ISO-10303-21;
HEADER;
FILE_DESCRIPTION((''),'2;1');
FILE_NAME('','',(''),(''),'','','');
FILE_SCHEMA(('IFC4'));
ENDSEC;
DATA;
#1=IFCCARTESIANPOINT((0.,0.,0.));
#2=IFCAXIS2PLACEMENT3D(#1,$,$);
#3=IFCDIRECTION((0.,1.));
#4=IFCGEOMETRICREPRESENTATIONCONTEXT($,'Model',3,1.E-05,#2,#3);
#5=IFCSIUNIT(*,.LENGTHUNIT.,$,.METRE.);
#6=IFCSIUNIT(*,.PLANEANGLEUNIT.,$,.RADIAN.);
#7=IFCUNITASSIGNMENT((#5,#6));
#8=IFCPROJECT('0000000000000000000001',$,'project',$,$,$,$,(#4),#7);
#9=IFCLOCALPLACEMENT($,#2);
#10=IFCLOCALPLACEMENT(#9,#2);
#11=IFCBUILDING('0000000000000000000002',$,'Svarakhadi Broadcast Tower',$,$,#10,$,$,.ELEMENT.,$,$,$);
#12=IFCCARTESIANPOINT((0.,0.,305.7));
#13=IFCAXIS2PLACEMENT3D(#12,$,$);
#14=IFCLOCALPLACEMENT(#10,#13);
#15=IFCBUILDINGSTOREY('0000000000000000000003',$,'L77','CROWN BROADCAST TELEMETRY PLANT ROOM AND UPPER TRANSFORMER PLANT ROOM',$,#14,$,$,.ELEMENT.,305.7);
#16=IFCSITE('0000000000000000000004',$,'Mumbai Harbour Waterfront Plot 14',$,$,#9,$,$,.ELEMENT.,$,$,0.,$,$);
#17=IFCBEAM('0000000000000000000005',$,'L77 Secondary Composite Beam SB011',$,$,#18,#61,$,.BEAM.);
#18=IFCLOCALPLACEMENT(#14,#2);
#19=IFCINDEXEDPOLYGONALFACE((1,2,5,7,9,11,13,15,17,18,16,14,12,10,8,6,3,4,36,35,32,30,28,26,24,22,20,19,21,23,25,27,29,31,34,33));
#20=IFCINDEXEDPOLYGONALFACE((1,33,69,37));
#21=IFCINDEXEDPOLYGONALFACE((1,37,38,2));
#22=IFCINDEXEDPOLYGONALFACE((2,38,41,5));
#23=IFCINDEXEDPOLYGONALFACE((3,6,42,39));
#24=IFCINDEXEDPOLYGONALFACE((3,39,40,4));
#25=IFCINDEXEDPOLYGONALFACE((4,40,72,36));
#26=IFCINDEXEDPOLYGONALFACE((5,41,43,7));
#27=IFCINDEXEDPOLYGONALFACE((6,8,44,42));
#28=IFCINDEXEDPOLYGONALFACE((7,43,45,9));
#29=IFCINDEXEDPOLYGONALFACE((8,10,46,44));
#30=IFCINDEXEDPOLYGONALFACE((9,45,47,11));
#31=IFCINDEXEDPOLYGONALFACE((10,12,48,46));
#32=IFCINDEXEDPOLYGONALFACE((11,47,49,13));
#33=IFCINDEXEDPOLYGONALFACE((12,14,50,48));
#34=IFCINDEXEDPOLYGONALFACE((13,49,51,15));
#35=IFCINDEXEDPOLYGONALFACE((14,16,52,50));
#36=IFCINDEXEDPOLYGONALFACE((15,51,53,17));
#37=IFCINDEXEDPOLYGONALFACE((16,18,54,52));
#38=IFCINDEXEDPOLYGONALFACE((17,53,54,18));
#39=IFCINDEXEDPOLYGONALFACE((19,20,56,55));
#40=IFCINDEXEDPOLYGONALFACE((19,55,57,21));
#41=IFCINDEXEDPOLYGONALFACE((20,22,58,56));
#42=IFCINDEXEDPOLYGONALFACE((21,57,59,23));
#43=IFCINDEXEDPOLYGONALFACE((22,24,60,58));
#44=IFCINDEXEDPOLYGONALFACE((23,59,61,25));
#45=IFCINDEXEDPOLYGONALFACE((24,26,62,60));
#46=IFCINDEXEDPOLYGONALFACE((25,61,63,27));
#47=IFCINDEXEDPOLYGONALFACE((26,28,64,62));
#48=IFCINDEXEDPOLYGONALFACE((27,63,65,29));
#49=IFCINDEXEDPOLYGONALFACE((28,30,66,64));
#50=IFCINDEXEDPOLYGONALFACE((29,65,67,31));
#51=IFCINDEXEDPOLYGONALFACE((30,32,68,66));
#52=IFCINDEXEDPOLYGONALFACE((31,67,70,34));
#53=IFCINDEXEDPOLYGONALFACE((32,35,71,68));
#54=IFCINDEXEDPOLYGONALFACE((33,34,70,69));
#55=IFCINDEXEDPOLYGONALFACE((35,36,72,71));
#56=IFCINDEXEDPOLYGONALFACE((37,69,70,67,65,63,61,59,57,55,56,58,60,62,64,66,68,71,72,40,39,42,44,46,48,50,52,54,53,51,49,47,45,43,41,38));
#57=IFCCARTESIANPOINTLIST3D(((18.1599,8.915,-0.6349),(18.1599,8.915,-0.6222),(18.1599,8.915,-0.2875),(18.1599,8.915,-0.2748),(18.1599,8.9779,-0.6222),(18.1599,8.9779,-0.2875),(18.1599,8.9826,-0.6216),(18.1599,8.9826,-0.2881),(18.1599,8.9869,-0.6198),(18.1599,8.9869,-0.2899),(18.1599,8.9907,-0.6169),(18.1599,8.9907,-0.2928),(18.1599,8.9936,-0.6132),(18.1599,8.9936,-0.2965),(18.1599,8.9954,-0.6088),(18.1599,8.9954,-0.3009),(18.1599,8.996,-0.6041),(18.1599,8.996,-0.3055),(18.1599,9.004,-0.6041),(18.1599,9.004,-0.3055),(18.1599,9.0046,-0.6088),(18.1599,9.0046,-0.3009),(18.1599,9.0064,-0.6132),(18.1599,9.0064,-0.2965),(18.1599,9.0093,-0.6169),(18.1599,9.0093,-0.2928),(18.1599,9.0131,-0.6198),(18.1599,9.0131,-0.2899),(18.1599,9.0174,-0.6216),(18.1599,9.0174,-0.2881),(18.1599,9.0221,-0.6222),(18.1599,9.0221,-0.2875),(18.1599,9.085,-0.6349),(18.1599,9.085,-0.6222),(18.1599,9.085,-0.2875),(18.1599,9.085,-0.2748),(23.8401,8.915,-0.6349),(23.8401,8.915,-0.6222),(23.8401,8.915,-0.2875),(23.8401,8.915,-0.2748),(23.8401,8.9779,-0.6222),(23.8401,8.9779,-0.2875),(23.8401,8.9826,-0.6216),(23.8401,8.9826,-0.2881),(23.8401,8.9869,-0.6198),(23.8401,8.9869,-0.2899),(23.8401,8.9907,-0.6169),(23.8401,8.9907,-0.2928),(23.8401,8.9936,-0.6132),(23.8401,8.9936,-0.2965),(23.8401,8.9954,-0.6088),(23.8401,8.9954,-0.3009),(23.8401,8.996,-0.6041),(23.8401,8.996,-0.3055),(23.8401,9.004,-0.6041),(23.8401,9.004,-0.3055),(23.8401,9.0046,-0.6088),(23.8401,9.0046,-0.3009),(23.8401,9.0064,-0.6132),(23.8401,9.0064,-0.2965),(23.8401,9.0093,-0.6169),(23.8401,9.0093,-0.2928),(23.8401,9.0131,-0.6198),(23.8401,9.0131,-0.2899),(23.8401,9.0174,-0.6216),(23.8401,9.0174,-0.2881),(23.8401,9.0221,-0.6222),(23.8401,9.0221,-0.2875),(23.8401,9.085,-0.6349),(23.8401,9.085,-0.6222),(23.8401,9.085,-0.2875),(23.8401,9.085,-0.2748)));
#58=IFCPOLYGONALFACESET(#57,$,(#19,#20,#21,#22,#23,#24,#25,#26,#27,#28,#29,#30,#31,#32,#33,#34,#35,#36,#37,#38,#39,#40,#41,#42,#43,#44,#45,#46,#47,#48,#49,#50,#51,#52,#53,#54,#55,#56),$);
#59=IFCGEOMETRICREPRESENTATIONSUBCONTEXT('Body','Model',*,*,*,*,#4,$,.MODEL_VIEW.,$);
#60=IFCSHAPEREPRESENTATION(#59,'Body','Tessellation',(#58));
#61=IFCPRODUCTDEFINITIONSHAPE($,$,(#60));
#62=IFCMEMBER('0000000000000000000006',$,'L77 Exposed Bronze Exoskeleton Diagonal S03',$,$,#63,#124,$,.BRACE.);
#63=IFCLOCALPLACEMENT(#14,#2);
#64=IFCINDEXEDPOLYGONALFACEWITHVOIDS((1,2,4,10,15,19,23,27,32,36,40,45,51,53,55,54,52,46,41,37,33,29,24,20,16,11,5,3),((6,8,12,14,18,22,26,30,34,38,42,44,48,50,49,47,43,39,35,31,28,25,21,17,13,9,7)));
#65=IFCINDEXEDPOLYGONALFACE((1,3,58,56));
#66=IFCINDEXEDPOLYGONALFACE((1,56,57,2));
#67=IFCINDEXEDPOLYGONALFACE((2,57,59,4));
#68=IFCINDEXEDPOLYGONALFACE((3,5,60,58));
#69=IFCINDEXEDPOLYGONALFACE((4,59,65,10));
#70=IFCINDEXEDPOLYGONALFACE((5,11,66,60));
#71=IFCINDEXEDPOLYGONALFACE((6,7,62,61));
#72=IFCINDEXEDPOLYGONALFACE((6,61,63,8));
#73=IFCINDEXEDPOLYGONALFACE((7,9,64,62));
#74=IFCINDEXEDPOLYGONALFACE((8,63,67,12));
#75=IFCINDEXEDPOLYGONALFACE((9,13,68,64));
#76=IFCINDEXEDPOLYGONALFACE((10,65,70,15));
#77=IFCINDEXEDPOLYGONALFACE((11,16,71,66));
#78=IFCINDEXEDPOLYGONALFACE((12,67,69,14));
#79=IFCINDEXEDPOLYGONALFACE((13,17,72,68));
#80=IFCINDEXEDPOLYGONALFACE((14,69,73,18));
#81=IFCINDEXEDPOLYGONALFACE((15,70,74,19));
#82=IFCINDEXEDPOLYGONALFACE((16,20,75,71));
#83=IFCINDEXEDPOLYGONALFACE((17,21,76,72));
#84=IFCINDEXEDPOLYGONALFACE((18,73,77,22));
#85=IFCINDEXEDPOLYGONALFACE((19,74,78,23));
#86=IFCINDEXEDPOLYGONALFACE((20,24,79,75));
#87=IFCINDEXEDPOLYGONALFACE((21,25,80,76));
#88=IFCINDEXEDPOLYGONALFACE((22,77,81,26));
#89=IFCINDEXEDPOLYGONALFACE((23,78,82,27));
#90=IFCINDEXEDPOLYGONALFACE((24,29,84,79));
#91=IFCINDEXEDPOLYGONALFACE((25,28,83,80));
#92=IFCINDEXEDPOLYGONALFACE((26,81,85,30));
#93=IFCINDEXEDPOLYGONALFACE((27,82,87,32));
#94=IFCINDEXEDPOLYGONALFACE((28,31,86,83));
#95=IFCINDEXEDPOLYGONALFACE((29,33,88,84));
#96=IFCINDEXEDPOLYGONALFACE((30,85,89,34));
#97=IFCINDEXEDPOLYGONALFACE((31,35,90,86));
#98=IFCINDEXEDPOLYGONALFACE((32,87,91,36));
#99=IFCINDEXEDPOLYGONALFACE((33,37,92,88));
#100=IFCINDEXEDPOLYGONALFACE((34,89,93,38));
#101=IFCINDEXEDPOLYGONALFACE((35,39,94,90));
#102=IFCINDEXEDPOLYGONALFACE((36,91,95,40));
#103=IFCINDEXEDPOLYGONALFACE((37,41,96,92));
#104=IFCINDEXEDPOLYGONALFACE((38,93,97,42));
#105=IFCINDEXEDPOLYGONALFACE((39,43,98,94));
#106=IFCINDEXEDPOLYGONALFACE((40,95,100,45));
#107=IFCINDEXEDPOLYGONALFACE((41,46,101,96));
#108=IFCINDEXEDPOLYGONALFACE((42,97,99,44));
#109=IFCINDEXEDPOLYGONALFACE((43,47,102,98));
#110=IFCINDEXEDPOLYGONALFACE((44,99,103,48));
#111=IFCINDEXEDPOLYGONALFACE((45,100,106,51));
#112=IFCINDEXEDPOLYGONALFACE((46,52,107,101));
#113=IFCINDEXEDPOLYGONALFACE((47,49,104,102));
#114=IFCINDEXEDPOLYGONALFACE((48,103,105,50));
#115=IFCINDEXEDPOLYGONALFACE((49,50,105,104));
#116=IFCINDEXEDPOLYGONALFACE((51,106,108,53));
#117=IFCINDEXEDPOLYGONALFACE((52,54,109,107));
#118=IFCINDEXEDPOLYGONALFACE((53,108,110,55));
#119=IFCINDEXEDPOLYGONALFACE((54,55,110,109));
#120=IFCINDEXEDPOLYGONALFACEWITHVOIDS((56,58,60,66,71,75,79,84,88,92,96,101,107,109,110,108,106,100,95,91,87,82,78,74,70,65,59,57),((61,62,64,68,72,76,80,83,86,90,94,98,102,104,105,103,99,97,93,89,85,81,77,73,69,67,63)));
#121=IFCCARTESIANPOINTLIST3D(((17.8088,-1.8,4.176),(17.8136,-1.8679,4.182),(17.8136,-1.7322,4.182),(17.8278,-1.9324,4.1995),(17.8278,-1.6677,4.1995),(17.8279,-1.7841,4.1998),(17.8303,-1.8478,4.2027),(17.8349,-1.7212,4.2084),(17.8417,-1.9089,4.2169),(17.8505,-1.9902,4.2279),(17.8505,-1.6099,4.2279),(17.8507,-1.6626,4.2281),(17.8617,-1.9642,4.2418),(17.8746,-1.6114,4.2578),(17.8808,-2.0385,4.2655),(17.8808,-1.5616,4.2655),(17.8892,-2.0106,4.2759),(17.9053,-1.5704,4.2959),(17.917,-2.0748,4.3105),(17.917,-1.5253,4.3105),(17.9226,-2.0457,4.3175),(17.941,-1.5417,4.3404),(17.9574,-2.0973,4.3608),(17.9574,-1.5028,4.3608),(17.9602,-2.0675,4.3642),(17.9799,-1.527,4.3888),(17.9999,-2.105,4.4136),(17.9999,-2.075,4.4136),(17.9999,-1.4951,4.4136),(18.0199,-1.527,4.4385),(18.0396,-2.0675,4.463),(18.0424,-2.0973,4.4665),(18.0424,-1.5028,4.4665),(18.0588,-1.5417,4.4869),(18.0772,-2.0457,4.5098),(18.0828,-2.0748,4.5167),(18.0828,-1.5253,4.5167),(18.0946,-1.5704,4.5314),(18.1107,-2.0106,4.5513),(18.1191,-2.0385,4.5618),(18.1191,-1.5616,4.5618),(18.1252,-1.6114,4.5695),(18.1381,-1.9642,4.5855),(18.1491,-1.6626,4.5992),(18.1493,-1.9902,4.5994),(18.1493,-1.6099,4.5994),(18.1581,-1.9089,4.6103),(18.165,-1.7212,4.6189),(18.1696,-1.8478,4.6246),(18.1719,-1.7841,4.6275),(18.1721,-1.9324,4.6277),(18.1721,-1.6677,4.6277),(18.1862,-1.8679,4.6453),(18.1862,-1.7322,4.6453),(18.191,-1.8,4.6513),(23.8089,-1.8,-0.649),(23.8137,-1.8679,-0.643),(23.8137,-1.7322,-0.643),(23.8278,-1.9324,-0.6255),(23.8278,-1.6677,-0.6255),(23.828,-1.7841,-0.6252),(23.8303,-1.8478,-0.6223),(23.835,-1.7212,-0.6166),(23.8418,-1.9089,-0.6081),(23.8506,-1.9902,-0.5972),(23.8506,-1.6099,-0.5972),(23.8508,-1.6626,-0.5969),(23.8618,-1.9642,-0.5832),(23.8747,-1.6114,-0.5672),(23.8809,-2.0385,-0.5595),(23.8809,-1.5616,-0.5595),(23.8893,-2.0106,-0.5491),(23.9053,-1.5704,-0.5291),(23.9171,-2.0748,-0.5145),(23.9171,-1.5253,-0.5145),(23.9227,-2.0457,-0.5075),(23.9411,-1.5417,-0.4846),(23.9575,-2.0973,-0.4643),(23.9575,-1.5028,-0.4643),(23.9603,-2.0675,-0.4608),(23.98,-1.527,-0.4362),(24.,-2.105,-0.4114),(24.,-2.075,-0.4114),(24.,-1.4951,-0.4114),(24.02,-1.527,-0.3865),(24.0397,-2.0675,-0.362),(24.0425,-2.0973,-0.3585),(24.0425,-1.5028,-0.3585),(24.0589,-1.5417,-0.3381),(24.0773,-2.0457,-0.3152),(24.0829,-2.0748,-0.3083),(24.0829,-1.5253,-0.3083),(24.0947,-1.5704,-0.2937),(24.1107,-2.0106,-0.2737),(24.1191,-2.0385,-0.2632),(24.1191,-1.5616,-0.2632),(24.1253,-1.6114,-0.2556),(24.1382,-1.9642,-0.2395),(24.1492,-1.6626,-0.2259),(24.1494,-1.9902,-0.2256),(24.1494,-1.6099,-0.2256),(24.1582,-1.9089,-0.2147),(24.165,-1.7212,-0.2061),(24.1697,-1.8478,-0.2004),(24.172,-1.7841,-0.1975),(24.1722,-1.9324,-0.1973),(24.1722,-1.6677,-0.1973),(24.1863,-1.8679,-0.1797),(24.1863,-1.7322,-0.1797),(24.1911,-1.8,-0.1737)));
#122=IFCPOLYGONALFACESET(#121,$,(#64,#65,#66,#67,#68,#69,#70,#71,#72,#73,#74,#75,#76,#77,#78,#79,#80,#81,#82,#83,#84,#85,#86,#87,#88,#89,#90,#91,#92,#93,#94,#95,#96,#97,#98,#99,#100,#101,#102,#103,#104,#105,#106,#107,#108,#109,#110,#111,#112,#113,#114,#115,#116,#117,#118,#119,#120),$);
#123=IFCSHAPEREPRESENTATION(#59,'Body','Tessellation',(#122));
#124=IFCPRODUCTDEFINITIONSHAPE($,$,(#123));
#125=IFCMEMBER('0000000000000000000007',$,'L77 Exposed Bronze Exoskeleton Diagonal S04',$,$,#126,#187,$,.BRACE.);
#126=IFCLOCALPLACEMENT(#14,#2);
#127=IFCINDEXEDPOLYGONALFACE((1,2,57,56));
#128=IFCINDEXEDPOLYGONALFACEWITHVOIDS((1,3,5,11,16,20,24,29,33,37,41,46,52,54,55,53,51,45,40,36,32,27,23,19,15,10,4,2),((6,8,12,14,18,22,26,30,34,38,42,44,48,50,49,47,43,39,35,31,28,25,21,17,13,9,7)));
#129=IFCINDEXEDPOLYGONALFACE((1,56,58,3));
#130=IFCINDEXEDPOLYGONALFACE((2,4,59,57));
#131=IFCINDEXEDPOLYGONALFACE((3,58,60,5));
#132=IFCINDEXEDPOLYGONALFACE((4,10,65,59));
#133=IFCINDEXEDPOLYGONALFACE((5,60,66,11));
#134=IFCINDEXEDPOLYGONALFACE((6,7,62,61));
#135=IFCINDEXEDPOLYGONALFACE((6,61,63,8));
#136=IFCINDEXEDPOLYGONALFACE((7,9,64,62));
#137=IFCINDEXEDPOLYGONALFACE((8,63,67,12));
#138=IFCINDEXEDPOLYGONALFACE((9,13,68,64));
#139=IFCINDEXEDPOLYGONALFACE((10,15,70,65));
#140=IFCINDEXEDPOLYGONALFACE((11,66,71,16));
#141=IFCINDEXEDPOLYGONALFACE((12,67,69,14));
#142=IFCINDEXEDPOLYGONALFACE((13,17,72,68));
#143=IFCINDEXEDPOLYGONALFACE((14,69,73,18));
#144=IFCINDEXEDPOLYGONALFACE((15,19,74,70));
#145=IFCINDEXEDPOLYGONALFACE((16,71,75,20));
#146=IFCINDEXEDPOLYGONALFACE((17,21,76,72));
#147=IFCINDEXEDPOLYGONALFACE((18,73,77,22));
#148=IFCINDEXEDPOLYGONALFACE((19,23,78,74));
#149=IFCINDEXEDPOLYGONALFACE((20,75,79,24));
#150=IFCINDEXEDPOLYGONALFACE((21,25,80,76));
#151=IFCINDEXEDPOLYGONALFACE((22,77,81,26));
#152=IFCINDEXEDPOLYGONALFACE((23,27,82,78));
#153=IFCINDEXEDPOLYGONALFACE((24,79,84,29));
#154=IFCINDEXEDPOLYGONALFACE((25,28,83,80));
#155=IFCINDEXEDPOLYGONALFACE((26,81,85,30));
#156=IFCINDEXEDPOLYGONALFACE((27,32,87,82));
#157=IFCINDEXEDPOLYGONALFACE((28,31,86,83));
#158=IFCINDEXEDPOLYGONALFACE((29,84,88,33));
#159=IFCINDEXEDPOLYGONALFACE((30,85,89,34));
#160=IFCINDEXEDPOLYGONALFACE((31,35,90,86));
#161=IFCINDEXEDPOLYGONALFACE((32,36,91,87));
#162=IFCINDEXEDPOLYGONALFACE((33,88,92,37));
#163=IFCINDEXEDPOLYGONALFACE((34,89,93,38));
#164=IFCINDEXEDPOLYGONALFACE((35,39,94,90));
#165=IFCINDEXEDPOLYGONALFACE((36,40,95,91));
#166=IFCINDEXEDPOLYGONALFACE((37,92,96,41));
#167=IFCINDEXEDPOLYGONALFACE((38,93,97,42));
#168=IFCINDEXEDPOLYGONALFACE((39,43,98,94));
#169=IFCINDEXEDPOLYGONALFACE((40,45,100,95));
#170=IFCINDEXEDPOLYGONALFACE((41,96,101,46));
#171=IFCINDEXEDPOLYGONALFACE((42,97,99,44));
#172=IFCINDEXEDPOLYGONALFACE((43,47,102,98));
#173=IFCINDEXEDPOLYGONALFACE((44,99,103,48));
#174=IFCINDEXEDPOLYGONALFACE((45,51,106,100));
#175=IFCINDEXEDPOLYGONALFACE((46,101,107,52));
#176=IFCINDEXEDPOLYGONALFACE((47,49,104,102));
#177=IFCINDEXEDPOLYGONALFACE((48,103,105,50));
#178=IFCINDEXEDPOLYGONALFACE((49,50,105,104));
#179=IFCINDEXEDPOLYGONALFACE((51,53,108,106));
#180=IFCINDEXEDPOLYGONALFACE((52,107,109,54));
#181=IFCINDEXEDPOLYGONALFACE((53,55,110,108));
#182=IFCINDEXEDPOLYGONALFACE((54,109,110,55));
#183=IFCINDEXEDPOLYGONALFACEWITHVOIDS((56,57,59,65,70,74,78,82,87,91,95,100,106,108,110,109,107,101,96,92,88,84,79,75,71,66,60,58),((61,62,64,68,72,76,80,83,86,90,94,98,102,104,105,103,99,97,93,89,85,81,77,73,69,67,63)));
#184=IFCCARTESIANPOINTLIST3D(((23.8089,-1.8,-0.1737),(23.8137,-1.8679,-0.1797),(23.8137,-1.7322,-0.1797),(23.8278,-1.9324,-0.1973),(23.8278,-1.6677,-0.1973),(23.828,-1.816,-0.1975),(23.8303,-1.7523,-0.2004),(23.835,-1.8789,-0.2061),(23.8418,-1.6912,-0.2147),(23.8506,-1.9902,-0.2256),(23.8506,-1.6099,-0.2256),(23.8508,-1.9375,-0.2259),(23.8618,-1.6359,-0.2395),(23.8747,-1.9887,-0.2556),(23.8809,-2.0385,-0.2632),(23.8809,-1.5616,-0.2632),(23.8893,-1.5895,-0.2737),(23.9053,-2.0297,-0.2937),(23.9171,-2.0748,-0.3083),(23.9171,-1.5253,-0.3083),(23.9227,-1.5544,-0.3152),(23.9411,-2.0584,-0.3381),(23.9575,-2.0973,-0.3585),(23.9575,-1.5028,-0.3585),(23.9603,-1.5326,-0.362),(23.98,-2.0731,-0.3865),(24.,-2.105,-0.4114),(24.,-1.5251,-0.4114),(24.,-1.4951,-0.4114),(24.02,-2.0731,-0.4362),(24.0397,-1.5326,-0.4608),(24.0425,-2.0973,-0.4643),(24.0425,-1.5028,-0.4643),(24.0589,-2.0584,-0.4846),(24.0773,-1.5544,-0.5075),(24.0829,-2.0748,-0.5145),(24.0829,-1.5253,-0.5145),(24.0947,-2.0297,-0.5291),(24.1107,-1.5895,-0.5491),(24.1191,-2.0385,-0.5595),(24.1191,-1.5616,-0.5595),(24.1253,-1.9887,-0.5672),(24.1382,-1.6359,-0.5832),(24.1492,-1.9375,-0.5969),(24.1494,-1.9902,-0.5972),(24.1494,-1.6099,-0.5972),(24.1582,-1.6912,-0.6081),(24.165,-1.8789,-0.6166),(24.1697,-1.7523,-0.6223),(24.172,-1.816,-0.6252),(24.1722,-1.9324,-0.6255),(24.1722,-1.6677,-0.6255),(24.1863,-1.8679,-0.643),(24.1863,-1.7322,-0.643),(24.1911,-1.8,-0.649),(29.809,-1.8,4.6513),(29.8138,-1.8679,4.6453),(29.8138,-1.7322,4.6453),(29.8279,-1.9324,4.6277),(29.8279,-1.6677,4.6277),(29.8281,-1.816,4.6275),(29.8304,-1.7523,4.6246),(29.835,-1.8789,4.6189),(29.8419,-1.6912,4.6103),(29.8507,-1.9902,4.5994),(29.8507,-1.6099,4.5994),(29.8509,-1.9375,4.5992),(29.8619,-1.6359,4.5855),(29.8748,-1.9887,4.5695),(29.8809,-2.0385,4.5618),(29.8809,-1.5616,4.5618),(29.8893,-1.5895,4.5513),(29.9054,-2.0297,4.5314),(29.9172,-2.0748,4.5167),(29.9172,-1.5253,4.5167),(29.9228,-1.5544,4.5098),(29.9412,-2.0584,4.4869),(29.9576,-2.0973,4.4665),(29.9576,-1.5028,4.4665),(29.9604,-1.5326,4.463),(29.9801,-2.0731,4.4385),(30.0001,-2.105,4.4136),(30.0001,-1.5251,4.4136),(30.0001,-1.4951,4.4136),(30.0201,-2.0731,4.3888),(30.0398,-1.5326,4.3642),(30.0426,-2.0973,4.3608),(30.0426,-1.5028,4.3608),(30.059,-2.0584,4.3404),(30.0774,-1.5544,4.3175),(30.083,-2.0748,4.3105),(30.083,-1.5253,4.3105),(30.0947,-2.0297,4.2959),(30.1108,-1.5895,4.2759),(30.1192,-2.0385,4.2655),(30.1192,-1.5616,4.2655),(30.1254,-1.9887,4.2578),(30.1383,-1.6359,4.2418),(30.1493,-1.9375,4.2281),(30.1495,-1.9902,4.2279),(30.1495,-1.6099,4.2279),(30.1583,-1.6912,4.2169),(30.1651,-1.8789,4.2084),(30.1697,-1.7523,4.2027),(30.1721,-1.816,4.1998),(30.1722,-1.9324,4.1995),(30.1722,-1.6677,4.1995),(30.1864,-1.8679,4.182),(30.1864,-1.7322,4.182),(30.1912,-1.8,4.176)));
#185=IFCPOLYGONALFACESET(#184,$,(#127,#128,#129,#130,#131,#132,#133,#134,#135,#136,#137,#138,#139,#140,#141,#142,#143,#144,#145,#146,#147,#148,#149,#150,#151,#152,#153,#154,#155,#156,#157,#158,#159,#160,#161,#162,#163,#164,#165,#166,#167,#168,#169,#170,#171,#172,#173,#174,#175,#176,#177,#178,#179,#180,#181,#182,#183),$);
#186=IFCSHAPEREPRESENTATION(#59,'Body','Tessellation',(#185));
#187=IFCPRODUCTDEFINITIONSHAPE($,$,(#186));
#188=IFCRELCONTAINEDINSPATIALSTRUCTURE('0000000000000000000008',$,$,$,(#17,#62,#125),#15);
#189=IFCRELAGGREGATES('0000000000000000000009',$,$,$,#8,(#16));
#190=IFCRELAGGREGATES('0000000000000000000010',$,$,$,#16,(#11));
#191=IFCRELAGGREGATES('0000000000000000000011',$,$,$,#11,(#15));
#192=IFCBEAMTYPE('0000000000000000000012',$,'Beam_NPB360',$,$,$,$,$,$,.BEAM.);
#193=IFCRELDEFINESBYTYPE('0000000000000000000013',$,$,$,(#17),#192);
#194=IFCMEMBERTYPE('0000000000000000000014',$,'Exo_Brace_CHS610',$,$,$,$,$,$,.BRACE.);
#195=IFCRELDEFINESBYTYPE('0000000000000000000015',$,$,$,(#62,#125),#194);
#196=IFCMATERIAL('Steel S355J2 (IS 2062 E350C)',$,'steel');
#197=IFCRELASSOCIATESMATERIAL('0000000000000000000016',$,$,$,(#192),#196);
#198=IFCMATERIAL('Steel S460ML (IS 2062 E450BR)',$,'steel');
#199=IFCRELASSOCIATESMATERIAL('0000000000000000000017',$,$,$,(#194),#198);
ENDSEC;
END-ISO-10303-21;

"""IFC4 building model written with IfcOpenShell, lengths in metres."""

from ifc_helpers import new_model, si_unit, direction, frame, origin, origin_2d, place, context, subcontext, project, spatial, hollow_circle, i_section, extrude, material, material_profile, profile_set, type_object, element, save


model = new_model("IFC4")

# Units and contexts
model_context = context("Model", 3, precision=1e-05, world=origin(), true_north=direction((0.0, 1.0)))
body_context = subcontext(model_context, "Body", "Model", "MODEL_VIEW")
ifc_project = project(units=[si_unit("LENGTHUNIT", "METRE"), si_unit("PLANEANGLEUNIT", "RADIAN")], contexts=[model_context])

# Site, building, storey
site_placement = place(None, origin())
site = spatial("IfcSite", under=ifc_project, at=site_placement, Name="Mumbai Harbour Waterfront Plot 14", CompositionType="ELEMENT", RefElevation=0.0)
building_placement = place(site_placement, origin())
building = spatial("IfcBuilding", under=site, at=building_placement, Name="Svarakhadi Broadcast Tower", CompositionType="ELEMENT")
storey_placement = place(building_placement, frame((0.0, 0.0, 305.7)))
storey = spatial("IfcBuildingStorey", under=building, at=storey_placement, Name="L77", Description="CROWN BROADCAST TELEMETRY PLANT ROOM AND UPPER TRANSFORMER PLANT ROOM", CompositionType="ELEMENT", Elevation=305.7)

# Shared definitions
ifc_material_1 = material(Name="Steel S460ML (IS 2062 E450BR)", Category="steel")

# Beam
ifc_material_2 = material(Name="Steel S355J2 (IS 2062 E350C)", Category="steel")
ifc_material_profile_1 = material_profile(ifc_material_2, i_section(OverallWidth=0.1699, OverallDepth=0.3601, WebThickness=0.0081, FlangeThickness=0.0127, FilletRadius=0.0181, at=origin_2d()), Name="NPB 360x170x57")
ifc_profile_set_1 = profile_set([ifc_material_profile_1], Name="Steel S355J2 (IS 2062 E350C)")
beam_type_1 = type_object("IfcBeamType", Name="Beam_NPB360", PredefinedType="BEAM", material=ifc_profile_set_1)
for number, where, z_axis, x_axis, name in (
    (1, (18.1599, 9.0, -0.4548), (1.0, 0.0, 0.0), (0.0, 1.0, 0.0), "L77 Secondary Composite Beam SB011"),
):
    element("IfcBeam", number, at=place(storey_placement, frame(where, z_axis=z_axis, x_axis=x_axis)), inside=storey, type_object=beam_type_1, Name=name, PredefinedType="BEAM", context=body_context, shape_type="SweptSolid", body=[
        extrude(i_section(OverallWidth=0.1699, OverallDepth=0.3601, WebThickness=0.0081, FlangeThickness=0.0127, FilletRadius=0.0181, at=origin_2d()), origin(), (0.0, 0.0, 1.0), 5.6802),
    ])

# Members
ifc_material_profile_2 = material_profile(ifc_material_1, hollow_circle(Radius=0.3049, WallThickness=0.03, at=origin_2d()), Name="CHS 610x30")
ifc_profile_set_2 = profile_set([ifc_material_profile_2], Name="Steel S460ML (IS 2062 E450BR)")
member_type_1 = type_object("IfcMemberType", Name="Exo_Brace_CHS610", PredefinedType="BRACE", material=ifc_profile_set_2)
for number, where, z_axis, x_axis, name in (
    (2, (24.0, -1.8, -0.4114), (-0.779285, 0.0, 0.626669), (0.0, -1.0, 0.0), "L77 Exposed Bronze Exoskeleton Diagonal S03"),
    (3, (24.0, -1.8, -0.4114), (0.779285, 0.0, 0.626669), (0.0, 1.0, 0.0), "L77 Exposed Bronze Exoskeleton Diagonal S04"),
):
    element("IfcMember", number, at=place(storey_placement, frame(where, z_axis=z_axis, x_axis=x_axis)), inside=storey, type_object=member_type_1, Name=name, PredefinedType="BRACE", context=body_context, shape_type="SweptSolid", body=[
        extrude(hollow_circle(Radius=0.3049, WallThickness=0.03, at=origin_2d()), origin(), (0.0, 0.0, 1.0), 7.6995),
    ])

save(model, "model.ifc")
